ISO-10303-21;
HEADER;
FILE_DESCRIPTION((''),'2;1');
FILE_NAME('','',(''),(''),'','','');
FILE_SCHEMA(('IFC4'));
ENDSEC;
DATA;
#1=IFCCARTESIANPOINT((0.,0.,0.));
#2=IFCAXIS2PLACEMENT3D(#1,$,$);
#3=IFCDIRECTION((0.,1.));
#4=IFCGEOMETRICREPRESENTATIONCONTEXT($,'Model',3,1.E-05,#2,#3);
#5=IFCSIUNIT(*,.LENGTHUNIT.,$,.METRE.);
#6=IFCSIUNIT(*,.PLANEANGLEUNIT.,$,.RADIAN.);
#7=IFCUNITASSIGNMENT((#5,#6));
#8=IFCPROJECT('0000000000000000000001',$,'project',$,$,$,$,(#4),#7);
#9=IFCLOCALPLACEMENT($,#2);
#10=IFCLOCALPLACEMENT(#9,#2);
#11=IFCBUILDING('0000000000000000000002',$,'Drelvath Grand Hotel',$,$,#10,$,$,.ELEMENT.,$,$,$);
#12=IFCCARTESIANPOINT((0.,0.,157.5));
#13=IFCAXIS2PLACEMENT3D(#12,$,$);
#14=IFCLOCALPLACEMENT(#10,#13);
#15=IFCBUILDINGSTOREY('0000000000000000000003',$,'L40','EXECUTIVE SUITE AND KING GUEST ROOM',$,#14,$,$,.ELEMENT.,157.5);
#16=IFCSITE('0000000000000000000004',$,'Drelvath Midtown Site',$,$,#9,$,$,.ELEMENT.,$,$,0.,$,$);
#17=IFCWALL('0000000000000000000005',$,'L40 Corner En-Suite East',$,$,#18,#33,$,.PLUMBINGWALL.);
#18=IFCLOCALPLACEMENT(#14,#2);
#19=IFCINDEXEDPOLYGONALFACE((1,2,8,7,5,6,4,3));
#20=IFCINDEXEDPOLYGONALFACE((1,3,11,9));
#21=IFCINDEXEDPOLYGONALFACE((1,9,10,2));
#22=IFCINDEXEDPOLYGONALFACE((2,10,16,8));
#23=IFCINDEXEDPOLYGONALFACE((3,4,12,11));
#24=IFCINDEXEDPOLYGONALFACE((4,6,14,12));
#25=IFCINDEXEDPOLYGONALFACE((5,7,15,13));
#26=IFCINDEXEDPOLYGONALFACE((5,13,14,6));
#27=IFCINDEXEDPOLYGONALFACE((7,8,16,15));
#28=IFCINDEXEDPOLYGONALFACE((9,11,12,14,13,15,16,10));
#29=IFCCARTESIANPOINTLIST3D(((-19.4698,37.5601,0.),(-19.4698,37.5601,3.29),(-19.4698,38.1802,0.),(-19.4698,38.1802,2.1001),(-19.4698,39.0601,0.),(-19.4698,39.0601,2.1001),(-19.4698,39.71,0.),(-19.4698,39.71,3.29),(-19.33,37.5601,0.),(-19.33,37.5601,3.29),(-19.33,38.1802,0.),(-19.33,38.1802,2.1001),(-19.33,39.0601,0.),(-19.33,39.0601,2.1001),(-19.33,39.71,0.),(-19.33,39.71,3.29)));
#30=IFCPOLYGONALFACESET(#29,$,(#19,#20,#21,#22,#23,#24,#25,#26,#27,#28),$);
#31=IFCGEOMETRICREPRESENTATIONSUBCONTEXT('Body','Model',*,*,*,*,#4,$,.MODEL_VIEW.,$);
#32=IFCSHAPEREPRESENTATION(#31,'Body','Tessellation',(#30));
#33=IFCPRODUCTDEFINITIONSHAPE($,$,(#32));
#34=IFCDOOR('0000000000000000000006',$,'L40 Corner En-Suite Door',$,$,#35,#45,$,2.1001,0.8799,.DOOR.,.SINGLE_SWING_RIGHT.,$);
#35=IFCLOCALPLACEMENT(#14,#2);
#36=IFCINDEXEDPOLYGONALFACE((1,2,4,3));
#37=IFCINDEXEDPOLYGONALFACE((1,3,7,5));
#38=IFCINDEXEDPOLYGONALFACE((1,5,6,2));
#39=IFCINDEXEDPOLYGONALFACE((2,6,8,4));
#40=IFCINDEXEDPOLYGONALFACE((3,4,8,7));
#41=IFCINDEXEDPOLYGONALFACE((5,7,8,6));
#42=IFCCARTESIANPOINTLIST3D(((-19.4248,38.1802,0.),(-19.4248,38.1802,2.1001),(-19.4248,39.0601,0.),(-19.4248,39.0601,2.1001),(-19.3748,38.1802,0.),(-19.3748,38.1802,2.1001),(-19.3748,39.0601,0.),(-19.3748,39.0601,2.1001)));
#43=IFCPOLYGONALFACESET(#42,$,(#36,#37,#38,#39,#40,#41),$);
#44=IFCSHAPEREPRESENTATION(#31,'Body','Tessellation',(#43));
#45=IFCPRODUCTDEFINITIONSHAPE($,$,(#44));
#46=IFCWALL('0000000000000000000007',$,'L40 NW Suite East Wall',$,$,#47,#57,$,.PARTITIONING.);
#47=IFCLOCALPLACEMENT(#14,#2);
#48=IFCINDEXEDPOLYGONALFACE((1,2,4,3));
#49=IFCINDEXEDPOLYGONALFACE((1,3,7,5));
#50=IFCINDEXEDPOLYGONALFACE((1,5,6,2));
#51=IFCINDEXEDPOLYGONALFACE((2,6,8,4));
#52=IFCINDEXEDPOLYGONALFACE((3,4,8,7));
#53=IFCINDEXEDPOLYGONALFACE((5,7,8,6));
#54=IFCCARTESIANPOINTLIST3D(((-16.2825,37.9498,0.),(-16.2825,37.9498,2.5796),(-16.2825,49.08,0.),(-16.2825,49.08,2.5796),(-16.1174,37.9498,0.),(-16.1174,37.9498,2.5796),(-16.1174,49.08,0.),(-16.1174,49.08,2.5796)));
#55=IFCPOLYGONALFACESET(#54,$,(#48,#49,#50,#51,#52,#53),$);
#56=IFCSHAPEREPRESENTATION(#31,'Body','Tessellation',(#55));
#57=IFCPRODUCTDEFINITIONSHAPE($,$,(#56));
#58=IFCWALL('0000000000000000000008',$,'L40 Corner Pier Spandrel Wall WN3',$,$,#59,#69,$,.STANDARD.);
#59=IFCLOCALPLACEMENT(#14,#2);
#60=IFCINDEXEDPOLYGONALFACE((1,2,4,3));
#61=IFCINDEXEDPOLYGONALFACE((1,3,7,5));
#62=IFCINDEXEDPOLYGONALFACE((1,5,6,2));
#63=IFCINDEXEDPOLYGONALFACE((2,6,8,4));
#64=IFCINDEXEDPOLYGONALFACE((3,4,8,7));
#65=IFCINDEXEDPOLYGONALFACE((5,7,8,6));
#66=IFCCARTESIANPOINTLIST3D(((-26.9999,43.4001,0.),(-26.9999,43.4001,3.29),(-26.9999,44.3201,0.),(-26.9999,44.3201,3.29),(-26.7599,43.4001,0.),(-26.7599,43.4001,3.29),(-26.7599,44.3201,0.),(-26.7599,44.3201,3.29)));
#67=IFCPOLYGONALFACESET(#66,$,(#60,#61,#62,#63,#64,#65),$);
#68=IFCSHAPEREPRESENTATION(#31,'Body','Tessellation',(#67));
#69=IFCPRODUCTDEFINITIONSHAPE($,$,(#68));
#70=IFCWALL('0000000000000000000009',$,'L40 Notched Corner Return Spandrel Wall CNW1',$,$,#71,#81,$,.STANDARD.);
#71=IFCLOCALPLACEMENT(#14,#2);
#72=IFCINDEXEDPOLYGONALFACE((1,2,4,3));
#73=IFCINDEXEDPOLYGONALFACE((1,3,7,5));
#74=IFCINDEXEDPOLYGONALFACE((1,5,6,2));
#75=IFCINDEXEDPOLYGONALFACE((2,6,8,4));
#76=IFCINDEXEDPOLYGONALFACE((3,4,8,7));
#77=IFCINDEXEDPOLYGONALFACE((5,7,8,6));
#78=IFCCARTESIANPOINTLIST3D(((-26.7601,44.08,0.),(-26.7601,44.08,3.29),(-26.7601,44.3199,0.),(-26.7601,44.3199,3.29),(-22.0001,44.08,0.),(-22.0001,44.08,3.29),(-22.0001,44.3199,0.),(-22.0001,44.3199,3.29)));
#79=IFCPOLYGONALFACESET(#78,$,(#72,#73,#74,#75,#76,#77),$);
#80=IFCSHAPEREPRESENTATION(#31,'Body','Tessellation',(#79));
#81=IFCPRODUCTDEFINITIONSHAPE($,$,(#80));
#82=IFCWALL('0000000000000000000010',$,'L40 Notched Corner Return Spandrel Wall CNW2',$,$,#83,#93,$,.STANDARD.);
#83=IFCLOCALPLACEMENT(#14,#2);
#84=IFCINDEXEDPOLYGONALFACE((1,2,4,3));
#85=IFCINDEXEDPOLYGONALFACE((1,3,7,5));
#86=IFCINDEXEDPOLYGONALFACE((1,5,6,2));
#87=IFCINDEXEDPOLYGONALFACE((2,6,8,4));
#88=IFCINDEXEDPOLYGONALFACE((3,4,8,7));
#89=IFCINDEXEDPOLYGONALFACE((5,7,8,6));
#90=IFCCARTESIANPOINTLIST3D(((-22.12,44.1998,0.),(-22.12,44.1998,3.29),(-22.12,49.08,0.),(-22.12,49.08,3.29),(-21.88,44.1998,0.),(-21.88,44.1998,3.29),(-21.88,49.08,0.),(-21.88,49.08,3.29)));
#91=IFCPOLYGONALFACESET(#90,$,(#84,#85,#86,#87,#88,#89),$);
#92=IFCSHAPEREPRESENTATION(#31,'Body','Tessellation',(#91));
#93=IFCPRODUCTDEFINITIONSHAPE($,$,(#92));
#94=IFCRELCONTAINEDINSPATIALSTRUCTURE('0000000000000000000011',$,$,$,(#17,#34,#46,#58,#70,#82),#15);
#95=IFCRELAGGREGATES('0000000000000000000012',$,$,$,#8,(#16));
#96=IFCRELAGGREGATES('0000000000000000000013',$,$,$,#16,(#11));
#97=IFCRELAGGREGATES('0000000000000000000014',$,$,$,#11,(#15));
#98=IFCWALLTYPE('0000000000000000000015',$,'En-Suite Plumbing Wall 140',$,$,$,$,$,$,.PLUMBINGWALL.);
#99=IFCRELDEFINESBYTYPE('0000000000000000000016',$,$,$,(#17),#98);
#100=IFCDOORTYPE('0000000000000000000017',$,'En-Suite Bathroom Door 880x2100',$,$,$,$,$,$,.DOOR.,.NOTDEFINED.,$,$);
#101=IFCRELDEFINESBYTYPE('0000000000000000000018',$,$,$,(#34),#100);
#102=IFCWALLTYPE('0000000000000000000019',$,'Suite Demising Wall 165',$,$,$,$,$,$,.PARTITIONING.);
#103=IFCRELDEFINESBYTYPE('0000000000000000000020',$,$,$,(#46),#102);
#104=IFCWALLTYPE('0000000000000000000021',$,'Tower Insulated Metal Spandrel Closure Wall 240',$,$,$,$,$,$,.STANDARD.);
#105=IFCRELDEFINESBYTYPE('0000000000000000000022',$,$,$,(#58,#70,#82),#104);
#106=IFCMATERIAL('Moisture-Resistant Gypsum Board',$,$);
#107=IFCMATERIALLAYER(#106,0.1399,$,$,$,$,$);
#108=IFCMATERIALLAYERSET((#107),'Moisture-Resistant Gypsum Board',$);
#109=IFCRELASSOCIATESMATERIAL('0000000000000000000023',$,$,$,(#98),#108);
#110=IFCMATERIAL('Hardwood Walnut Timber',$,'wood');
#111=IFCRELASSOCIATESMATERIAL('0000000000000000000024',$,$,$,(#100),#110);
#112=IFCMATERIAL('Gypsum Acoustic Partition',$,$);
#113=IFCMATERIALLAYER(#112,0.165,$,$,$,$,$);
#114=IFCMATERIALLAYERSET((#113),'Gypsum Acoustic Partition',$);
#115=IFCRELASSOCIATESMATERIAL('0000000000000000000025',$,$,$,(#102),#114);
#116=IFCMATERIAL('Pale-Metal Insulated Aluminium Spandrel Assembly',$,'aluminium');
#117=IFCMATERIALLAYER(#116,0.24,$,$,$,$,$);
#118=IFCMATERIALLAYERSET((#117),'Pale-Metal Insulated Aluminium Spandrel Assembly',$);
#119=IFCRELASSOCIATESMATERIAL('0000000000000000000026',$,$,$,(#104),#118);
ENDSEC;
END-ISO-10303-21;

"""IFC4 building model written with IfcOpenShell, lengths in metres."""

from ifc_helpers import new_model, si_unit, direction, frame, frame_2d, origin, place, context, subcontext, project, spatial, rectangle, extrude, material, layer, layer_set, type_object, element, fill, save


model = new_model("IFC4")

# Units and contexts
model_context = context("Model", 3, precision=1e-05, world=origin(), true_north=direction((0.0, 1.0)))
body_context = subcontext(model_context, "Body", "Model", "MODEL_VIEW")
ifc_project = project(units=[si_unit("LENGTHUNIT", "METRE"), si_unit("PLANEANGLEUNIT", "RADIAN")], contexts=[model_context])

# Site, building, storey
site_placement = place(None, origin())
site = spatial("IfcSite", under=ifc_project, at=site_placement, Name="Drelvath Midtown Site", CompositionType="ELEMENT", RefElevation=0.0)
building_placement = place(site_placement, origin())
building = spatial("IfcBuilding", under=site, at=building_placement, Name="Drelvath Grand Hotel", CompositionType="ELEMENT")
storey_placement = place(building_placement, frame((0.0, 0.0, 157.5)))
storey = spatial("IfcBuildingStorey", under=building, at=storey_placement, Name="L40", Description="EXECUTIVE SUITE AND KING GUEST ROOM", CompositionType="ELEMENT", Elevation=157.5)

# Shared definitions
ifc_material_1 = material(Name="Hardwood Walnut Timber", Category="wood")

# Shared definitions
ifc_material_2 = material(Name="Moisture-Resistant Gypsum Board")
ifc_layer_1 = layer(ifc_material_2, 0.1399)
ifc_layer_set_1 = layer_set([ifc_layer_1], Name="Moisture-Resistant Gypsum Board")
wall_type_1 = type_object("IfcWallType", Name="En-Suite Plumbing Wall 140", PredefinedType="PLUMBINGWALL", material=ifc_layer_set_1)

# Wall, opening, door
wall_1_placement = place(storey_placement, frame((-19.3999, 37.5601, 0.0), z_axis=(0.0, 0.0, 1.0), x_axis=(0.0, 1.0, 0.0)))
wall_1 = element("IfcWall", 1, at=wall_1_placement, inside=storey, type_object=wall_type_1, Name="L40 Corner En-Suite East", PredefinedType="PLUMBINGWALL", context=body_context, shape_type="SweptSolid", body=[
    extrude(rectangle(XDim=2.1499, YDim=0.1399, at=frame_2d((1.075, 0.0))), origin(), (0.0, 0.0, 1.0), 3.29),
])
opening_1_placement = place(wall_1_placement, frame((0.6201, 0.0, 0.0)))
opening_1 = element("IfcOpeningElement", 2, at=opening_1_placement, cuts=wall_1, PredefinedType="OPENING", context=body_context, shape_type="SweptSolid", body=[
    extrude(rectangle(XDim=0.8799, YDim=2.1001, at=frame_2d((0.4399, 1.05))), frame((0.0, 0.0798, 0.0), z_axis=(0.0, -1.0, 0.0), x_axis=(1.0, 0.0, 0.0)), (0.0, 0.0, 1.0), 0.1599),
])
door_type_1 = type_object("IfcDoorType", Name="En-Suite Bathroom Door 880x2100", OperationType="NOTDEFINED", PredefinedType="DOOR", material=ifc_material_1)
door_1_placement = place(opening_1_placement, origin())
door_1 = element("IfcDoor", 3, at=door_1_placement, inside=storey, type_object=door_type_1, Name="L40 Corner En-Suite Door", OperationType="SINGLE_SWING_RIGHT", OverallHeight=2.1001, OverallWidth=0.8799, PredefinedType="DOOR", context=body_context, shape_type="SweptSolid", body=[
    extrude(rectangle(XDim=0.8799, YDim=2.1001, at=frame_2d((0.4399, 1.05))), frame((0.0, 0.0249, 0.0), z_axis=(0.0, -1.0, 0.0), x_axis=(1.0, 0.0, 0.0)), (0.0, 0.0, 1.0), 0.05),
])
fill(opening_1, door_1)

# Walls
ifc_material_3 = material(Name="Gypsum Acoustic Partition")
ifc_layer_2 = layer(ifc_material_3, 0.165)
ifc_layer_set_2 = layer_set([ifc_layer_2], Name="Gypsum Acoustic Partition")
wall_type_2 = type_object("IfcWallType", Name="Suite Demising Wall 165", PredefinedType="PARTITIONING", material=ifc_layer_set_2)
wall_2_placement = place(storey_placement, frame((-16.2, 37.95, 0.0), z_axis=(0.0, 0.0, 1.0), x_axis=(0.0, 1.0, 0.0)))
element("IfcWall", 4, at=wall_2_placement, inside=storey, type_object=wall_type_2, Name="L40 NW Suite East Wall", PredefinedType="PARTITIONING", context=body_context, shape_type="SweptSolid", body=[
    extrude(rectangle(XDim=11.1301, YDim=0.165, at=frame_2d((5.5649, 0.0))), origin(), (0.0, 0.0, 1.0), 2.5796),
])
ifc_material_4 = material(Name="Pale-Metal Insulated Aluminium Spandrel Assembly", Category="aluminium")
ifc_layer_3 = layer(ifc_material_4, 0.24)
ifc_layer_set_3 = layer_set([ifc_layer_3], Name="Pale-Metal Insulated Aluminium Spandrel Assembly")
wall_type_3 = type_object("IfcWallType", Name="Tower Insulated Metal Spandrel Closure Wall 240", PredefinedType="STANDARD", material=ifc_layer_set_3)
wall_3_placement = place(storey_placement, frame((-26.8799, 43.4001, 0.0), z_axis=(0.0, 0.0, 1.0), x_axis=(0.0, 1.0, 0.0)))
element("IfcWall", 5, at=wall_3_placement, inside=storey, type_object=wall_type_3, Name="L40 Corner Pier Spandrel Wall WN3", PredefinedType="STANDARD", context=body_context, shape_type="SweptSolid", body=[
    extrude(rectangle(XDim=0.9199, YDim=0.24, at=frame_2d((0.46, 0.0))), origin(), (0.0, 0.0, 1.0), 3.29),
])
wall_4_placement = place(storey_placement, frame((-26.76, 44.2, 0.0), z_axis=(0.0, 0.0, 1.0), x_axis=(1.0, 0.0, 0.0)))
element("IfcWall", 6, at=wall_4_placement, inside=storey, type_object=wall_type_3, Name="L40 Notched Corner Return Spandrel Wall CNW1", PredefinedType="STANDARD", context=body_context, shape_type="SweptSolid", body=[
    extrude(rectangle(XDim=4.76, YDim=0.24, at=frame_2d((2.3799, 0.0))), origin(), (0.0, 0.0, 1.0), 3.29),
])
wall_5_placement = place(storey_placement, frame((-22.0, 44.2, 0.0), z_axis=(0.0, 0.0, 1.0), x_axis=(0.0, 1.0, 0.0)))
element("IfcWall", 7, at=wall_5_placement, inside=storey, type_object=wall_type_3, Name="L40 Notched Corner Return Spandrel Wall CNW2", PredefinedType="STANDARD", context=body_context, shape_type="SweptSolid", body=[
    extrude(rectangle(XDim=4.8801, YDim=0.24, at=frame_2d((2.4399, 0.0))), origin(), (0.0, 0.0, 1.0), 3.29),
])

save(model, "model.ifc")
